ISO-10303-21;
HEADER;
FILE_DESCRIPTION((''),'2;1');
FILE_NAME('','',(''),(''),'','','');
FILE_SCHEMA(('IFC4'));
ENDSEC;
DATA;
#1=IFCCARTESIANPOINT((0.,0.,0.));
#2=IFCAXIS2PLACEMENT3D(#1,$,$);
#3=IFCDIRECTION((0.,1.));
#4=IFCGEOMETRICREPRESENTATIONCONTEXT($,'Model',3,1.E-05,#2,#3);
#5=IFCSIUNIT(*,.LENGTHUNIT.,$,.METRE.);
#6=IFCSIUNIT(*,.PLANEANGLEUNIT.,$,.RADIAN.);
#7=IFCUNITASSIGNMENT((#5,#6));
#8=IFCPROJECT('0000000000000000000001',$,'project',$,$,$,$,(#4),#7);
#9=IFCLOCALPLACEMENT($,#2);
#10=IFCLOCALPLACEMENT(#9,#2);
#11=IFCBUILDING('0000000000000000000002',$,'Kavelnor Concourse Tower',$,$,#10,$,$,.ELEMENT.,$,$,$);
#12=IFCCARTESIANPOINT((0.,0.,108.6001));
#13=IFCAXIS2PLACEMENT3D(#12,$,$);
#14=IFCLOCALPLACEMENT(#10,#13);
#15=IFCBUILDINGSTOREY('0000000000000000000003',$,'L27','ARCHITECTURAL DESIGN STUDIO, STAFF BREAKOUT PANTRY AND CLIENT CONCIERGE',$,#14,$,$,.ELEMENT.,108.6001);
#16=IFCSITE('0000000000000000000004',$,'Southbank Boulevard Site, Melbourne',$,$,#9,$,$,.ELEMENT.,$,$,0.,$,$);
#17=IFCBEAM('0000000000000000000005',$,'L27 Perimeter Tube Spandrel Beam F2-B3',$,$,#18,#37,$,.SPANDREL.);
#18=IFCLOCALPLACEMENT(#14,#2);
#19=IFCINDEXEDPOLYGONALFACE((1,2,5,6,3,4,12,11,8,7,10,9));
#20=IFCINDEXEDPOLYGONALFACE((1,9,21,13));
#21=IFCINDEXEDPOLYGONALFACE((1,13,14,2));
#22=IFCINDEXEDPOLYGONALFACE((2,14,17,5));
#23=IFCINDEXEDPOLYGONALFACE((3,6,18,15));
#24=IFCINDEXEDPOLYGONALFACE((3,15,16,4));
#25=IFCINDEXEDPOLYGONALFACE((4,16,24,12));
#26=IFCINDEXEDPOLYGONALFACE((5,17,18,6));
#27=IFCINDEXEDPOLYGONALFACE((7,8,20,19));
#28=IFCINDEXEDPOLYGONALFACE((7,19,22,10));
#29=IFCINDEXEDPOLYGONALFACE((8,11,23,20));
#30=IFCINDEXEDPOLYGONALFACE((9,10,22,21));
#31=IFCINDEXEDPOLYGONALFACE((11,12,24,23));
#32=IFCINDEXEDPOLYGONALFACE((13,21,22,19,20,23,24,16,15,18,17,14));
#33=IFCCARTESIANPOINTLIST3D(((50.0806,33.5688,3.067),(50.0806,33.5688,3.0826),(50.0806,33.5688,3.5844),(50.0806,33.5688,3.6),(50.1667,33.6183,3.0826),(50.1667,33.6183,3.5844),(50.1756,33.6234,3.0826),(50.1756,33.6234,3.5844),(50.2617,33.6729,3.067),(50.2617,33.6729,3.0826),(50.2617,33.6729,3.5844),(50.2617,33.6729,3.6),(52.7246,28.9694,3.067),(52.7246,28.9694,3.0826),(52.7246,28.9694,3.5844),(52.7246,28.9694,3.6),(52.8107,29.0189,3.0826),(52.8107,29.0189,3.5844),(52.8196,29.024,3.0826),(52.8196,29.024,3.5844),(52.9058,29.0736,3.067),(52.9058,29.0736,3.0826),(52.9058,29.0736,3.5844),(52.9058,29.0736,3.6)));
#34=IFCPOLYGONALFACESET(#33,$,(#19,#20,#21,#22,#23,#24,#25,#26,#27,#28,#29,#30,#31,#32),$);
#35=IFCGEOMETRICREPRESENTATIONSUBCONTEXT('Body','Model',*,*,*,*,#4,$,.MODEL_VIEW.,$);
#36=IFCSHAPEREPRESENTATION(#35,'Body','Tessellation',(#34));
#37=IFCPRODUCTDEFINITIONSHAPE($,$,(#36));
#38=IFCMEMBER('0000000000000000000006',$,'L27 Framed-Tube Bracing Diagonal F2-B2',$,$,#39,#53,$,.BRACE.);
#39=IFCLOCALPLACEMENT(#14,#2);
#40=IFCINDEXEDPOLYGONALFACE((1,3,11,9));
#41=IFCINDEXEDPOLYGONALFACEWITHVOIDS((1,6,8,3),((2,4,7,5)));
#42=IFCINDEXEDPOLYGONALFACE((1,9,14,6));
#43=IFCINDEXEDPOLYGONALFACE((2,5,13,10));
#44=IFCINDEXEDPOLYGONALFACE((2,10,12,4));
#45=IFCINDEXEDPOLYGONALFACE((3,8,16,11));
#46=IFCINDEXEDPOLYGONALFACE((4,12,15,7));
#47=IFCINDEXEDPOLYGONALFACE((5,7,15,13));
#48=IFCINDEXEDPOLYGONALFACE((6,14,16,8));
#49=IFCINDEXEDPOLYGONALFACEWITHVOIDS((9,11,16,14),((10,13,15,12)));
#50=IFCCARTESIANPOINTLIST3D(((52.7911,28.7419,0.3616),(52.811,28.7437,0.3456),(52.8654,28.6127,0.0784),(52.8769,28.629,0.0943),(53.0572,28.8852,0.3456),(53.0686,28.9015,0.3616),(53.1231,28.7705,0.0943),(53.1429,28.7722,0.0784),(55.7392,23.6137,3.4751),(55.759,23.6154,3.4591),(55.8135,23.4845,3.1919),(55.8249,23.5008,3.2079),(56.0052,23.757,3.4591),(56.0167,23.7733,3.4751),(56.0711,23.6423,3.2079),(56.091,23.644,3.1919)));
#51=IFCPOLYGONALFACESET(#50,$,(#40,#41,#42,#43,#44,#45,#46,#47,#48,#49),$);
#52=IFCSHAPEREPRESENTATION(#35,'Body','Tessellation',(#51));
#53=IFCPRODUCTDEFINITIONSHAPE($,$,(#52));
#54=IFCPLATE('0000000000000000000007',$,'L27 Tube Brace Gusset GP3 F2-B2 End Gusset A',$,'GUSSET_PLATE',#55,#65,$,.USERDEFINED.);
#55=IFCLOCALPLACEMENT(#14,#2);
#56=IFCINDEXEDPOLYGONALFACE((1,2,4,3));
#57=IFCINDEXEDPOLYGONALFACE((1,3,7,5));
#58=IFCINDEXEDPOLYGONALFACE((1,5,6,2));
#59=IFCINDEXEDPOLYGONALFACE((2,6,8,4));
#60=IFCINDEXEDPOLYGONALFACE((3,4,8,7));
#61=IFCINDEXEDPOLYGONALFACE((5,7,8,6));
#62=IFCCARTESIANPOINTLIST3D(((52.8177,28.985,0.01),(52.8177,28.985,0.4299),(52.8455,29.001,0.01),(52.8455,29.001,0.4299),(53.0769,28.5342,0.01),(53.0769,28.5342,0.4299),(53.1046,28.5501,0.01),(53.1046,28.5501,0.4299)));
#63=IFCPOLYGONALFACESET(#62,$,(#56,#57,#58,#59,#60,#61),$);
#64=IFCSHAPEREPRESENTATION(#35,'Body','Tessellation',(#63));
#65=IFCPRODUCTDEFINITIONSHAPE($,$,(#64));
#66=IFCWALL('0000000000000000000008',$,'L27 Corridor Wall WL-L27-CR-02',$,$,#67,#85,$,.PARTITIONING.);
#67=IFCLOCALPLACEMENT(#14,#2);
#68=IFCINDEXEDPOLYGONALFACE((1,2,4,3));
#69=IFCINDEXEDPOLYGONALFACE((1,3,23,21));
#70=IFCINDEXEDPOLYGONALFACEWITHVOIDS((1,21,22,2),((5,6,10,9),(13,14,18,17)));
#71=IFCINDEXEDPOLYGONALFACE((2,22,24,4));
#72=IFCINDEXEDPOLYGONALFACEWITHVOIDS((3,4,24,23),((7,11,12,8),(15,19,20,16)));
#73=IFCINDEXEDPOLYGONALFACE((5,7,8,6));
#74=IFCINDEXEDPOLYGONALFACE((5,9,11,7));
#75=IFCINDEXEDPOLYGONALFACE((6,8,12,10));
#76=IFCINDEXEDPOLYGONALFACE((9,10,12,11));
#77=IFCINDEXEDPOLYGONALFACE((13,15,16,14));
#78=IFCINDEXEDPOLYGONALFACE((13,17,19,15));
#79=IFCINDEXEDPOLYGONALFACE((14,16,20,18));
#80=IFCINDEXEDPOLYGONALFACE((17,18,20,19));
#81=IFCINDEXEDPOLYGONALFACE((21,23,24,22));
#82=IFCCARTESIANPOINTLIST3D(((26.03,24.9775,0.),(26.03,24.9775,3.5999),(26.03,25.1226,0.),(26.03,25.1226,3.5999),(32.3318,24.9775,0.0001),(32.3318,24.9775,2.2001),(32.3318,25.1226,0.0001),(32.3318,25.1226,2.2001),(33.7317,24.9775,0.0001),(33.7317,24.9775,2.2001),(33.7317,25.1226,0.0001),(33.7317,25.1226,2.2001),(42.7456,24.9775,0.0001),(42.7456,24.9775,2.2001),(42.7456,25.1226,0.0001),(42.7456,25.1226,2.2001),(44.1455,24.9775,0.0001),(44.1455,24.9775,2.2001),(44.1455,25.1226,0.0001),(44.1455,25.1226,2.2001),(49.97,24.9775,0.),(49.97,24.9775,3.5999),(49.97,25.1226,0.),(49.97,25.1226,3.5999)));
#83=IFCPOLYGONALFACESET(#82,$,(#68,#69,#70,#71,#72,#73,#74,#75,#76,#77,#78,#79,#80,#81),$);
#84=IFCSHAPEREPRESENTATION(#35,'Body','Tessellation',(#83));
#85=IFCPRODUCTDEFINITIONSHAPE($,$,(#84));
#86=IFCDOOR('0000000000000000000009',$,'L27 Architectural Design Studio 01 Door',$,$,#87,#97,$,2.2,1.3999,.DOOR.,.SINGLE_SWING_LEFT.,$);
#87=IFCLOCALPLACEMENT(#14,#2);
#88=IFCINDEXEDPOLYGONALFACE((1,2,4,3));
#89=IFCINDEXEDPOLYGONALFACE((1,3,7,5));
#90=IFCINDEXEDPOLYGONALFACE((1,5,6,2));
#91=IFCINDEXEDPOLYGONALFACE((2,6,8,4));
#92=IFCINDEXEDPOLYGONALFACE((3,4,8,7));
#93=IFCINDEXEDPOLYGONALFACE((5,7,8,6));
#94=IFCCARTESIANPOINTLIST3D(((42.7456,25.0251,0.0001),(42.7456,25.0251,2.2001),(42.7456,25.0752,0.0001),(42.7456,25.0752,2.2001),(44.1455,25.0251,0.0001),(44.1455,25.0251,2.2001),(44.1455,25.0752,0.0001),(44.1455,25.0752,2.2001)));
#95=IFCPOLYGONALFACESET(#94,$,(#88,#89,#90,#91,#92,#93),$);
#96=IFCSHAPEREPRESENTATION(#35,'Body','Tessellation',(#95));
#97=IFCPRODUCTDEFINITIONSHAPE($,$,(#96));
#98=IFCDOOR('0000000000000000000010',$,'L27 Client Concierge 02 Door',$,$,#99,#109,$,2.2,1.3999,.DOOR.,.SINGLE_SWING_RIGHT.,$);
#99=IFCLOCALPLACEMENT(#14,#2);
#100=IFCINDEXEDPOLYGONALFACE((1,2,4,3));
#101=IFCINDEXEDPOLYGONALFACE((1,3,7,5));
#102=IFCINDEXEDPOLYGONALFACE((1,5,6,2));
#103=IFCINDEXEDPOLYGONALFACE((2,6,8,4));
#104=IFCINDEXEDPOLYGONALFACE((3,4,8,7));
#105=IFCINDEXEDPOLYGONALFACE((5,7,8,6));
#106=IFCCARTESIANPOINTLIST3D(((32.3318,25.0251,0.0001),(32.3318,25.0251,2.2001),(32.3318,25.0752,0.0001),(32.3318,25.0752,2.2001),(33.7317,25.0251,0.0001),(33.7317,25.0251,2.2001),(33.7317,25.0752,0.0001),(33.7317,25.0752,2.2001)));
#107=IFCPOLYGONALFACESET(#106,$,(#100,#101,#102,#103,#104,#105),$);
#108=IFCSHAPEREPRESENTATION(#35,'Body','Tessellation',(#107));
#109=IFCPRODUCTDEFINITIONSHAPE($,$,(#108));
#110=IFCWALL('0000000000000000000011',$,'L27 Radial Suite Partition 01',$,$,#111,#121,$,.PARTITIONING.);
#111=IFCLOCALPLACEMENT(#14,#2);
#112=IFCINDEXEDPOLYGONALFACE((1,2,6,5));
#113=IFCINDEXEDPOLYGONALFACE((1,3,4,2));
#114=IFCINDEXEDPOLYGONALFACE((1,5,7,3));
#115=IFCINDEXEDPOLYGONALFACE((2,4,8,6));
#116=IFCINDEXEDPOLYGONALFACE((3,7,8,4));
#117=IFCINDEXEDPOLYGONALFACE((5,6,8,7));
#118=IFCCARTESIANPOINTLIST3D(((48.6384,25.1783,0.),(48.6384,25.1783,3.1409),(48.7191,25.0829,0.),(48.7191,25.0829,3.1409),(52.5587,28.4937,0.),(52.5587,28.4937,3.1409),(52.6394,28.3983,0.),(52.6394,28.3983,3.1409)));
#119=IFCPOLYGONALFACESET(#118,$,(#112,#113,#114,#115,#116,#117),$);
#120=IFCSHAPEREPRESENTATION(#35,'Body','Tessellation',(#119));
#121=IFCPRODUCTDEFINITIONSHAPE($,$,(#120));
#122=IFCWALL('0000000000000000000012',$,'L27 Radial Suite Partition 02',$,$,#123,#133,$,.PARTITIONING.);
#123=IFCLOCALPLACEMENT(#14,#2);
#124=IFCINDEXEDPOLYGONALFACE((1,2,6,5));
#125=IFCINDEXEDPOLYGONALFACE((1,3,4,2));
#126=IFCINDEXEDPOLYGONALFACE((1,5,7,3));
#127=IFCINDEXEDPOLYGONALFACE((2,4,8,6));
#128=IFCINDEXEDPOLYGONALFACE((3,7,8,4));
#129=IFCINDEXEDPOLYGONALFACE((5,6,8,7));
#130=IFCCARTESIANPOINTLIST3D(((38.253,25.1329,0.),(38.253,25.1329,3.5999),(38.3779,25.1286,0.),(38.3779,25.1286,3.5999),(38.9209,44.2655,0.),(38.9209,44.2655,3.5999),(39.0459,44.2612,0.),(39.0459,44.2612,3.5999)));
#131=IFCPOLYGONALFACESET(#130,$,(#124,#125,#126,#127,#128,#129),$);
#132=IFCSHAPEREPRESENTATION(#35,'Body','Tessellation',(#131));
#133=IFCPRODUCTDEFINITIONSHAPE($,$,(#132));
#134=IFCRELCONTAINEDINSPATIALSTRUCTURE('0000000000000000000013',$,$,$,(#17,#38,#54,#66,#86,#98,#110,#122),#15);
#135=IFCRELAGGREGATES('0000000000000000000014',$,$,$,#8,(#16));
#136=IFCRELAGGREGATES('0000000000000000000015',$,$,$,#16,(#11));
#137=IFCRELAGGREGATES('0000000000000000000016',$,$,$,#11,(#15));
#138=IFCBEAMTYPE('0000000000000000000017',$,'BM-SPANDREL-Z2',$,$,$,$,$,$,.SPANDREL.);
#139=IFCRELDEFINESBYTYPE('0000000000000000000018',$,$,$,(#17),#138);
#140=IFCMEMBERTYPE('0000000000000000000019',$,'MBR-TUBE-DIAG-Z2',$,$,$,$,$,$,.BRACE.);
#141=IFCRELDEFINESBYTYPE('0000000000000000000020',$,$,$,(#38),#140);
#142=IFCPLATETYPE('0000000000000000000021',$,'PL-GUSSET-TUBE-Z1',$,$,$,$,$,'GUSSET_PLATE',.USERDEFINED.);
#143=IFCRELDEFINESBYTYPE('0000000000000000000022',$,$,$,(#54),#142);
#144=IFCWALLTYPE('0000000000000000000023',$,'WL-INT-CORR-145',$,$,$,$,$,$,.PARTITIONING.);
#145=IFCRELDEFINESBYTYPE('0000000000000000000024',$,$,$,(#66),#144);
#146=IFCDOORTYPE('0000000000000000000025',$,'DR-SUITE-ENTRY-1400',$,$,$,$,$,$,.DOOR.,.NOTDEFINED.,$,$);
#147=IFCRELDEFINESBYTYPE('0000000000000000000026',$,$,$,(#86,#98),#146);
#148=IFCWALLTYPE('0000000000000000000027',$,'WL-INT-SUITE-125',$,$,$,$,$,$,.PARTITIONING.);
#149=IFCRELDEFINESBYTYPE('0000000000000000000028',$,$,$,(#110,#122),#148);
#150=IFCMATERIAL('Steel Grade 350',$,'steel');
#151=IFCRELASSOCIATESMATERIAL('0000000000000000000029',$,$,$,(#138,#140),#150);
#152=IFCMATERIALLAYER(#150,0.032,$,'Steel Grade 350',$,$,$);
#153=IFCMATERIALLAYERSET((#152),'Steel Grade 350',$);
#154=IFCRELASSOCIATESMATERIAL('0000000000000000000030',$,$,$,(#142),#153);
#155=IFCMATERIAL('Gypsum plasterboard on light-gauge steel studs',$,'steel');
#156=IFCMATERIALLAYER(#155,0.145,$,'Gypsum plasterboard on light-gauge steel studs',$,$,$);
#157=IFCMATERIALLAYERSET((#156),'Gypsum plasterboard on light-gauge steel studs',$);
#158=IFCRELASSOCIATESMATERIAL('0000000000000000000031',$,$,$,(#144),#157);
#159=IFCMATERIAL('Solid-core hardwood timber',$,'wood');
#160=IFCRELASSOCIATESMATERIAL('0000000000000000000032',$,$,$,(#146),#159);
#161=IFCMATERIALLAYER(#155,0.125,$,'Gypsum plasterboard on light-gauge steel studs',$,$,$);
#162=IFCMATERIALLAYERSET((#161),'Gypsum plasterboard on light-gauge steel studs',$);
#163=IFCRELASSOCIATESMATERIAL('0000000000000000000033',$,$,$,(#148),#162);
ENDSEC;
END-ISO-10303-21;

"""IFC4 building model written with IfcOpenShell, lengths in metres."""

from ifc_helpers import new_model, si_unit, direction, frame, frame_2d, origin, origin_2d, place, context, subcontext, project, spatial, rectangle, hollow_rectangle, i_section, extrude, material, layer, layer_set, material_profile, profile_set, type_object, element, fill, save


model = new_model("IFC4")

# Units and contexts
model_context = context("Model", 3, precision=1e-05, world=origin(), true_north=direction((0.0, 1.0)))
body_context = subcontext(model_context, "Body", "Model", "MODEL_VIEW")
ifc_project = project(units=[si_unit("LENGTHUNIT", "METRE"), si_unit("PLANEANGLEUNIT", "RADIAN")], contexts=[model_context])

# Site, building, storey
site_placement = place(None, origin())
site = spatial("IfcSite", under=ifc_project, at=site_placement, Name="Southbank Boulevard Site, Melbourne", CompositionType="ELEMENT", RefElevation=0.0)
building_placement = place(site_placement, origin())
building = spatial("IfcBuilding", under=site, at=building_placement, Name="Kavelnor Concourse Tower", CompositionType="ELEMENT")
storey_placement = place(building_placement, frame((0.0, 0.0, 108.6001)))
storey = spatial("IfcBuildingStorey", under=building, at=storey_placement, Name="L27", Description="ARCHITECTURAL DESIGN STUDIO, STAFF BREAKOUT PANTRY AND CLIENT CONCIERGE", CompositionType="ELEMENT", Elevation=108.6001)

# Shared definitions
ifc_material_1 = material(Name="Steel Grade 350", Category="steel")

# Beam
ifc_material_profile_1 = material_profile(ifc_material_1, i_section(OverallWidth=0.209, OverallDepth=0.533, WebThickness=0.0103, FlangeThickness=0.0156, at=origin_2d()), Name="530UB92")
ifc_profile_set_1 = profile_set([ifc_material_profile_1], Name="Steel Grade 350")
beam_type_1 = type_object("IfcBeamType", Name="BM-SPANDREL-Z2", PredefinedType="SPANDREL", material=ifc_profile_set_1)
beam_1_placement = place(storey_placement, frame((52.8152, 29.0215, 3.3335), z_axis=(-0.498387, 0.866955, 0.0), x_axis=(-0.866955, -0.498387, 0.0)))
element("IfcBeam", 1, at=beam_1_placement, inside=storey, type_object=beam_type_1, Name="L27 Perimeter Tube Spandrel Beam F2-B3", PredefinedType="SPANDREL", context=body_context, shape_type="SweptSolid", body=[
    extrude(i_section(OverallWidth=0.209, OverallDepth=0.533, WebThickness=0.0103, FlangeThickness=0.0156, at=origin_2d()), origin(), (0.0, 0.0, 1.0), 5.3052),
])

# Member
ifc_material_profile_2 = material_profile(ifc_material_1, hollow_rectangle(XDim=0.3201, YDim=0.3201, WallThickness=0.0181, at=origin_2d()), Name="SHS 320x320x18")
ifc_profile_set_2 = profile_set([ifc_material_profile_2], Name="Steel Grade 350")
member_type = type_object("IfcMemberType", Name="MBR-TUBE-DIAG-Z2", PredefinedType="BRACE", material=ifc_profile_set_2)
member_placement = place(storey_placement, frame((52.967, 28.7571, 0.22), z_axis=(0.441018, -0.767171, 0.465781), x_axis=(0.866958, 0.498382, 0.0)))
element("IfcMember", 2, at=member_placement, inside=storey, type_object=member_type, Name="L27 Framed-Tube Bracing Diagonal F2-B2", PredefinedType="BRACE", context=body_context, shape_type="SweptSolid", body=[
    extrude(hollow_rectangle(XDim=0.3201, YDim=0.3201, WallThickness=0.0181, at=origin_2d()), origin(), (0.0, 0.0, 1.0), 6.6846),
])

# Plate
ifc_layer_1 = layer(ifc_material_1, 0.032, Name="Steel Grade 350")
ifc_layer_set_1 = layer_set([ifc_layer_1], Name="Steel Grade 350")
plate_type = type_object("IfcPlateType", Name="PL-GUSSET-TUBE-Z1", ElementType="GUSSET_PLATE", PredefinedType="USERDEFINED", material=ifc_layer_set_1)
plate_placement = place(storey_placement, frame((52.9612, 28.7676, 0.01), z_axis=(0.0, 0.0, 1.0), x_axis=(0.498336, -0.866984, 0.0)))
element("IfcPlate", 3, at=plate_placement, inside=storey, type_object=plate_type, Name="L27 Tube Brace Gusset GP3 F2-B2 End Gusset A", ObjectType="GUSSET_PLATE", PredefinedType="USERDEFINED", context=body_context, shape_type="SweptSolid", body=[
    extrude(rectangle(XDim=0.52, YDim=0.032, at=origin_2d()), origin(), (0.0, 0.0, 1.0), 0.4199),
])

# Wall, openings, doors
ifc_material_2 = material(Name="Gypsum plasterboard on light-gauge steel studs", Category="steel")
ifc_layer_2 = layer(ifc_material_2, 0.145, Name="Gypsum plasterboard on light-gauge steel studs")
ifc_layer_set_2 = layer_set([ifc_layer_2], Name="Gypsum plasterboard on light-gauge steel studs")
wall_type_1 = type_object("IfcWallType", Name="WL-INT-CORR-145", PredefinedType="PARTITIONING", material=ifc_layer_set_2)
wall_1_placement = place(storey_placement, frame((49.97, 25.05, 0.0), z_axis=(0.0, 0.0, 1.0), x_axis=(-1.0, 0.0, 0.0)))
wall_1 = element("IfcWall", 4, at=wall_1_placement, inside=storey, type_object=wall_type_1, Name="L27 Corridor Wall WL-L27-CR-02", PredefinedType="PARTITIONING", context=body_context, shape_type="SweptSolid", body=[
    extrude(rectangle(XDim=23.9399, YDim=0.145, at=frame_2d((11.97, 0.0))), origin(), (0.0, 0.0, 1.0), 3.5999),
])
opening_1_placement = place(wall_1_placement, frame((5.8245, 0.0, 0.0)))
opening_1 = element("IfcOpeningElement", 5, at=opening_1_placement, cuts=wall_1, PredefinedType="OPENING", context=body_context, shape_type="SweptSolid", body=[
    extrude(rectangle(XDim=1.3999, YDim=2.2, at=frame_2d((0.7, 1.1001))), frame((0.0, 0.0825, 0.0), z_axis=(0.0, -1.0, 0.0), x_axis=(1.0, 0.0, 0.0)), (0.0, 0.0, 1.0), 0.165),
])
opening_2_placement = place(wall_1_placement, frame((16.2383, 0.0, 0.0)))
opening_2 = element("IfcOpeningElement", 6, at=opening_2_placement, cuts=wall_1, PredefinedType="OPENING", context=body_context, shape_type="SweptSolid", body=[
    extrude(rectangle(XDim=1.3999, YDim=2.2, at=frame_2d((0.7, 1.1001))), frame((0.0, 0.0825, 0.0), z_axis=(0.0, -1.0, 0.0), x_axis=(1.0, 0.0, 0.0)), (0.0, 0.0, 1.0), 0.165),
])
ifc_material_3 = material(Name="Solid-core hardwood timber", Category="wood")
door_type = type_object("IfcDoorType", Name="DR-SUITE-ENTRY-1400", OperationType="NOTDEFINED", PredefinedType="DOOR", material=ifc_material_3)
door_1_placement = place(opening_1_placement, origin())
door_1 = element("IfcDoor", 7, at=door_1_placement, inside=storey, type_object=door_type, Name="L27 Architectural Design Studio 01 Door", OperationType="SINGLE_SWING_LEFT", OverallHeight=2.2, OverallWidth=1.3999, PredefinedType="DOOR", context=body_context, shape_type="SweptSolid", body=[
    extrude(rectangle(XDim=1.3999, YDim=2.2, at=frame_2d((0.7, 1.1001))), frame((0.0, 0.0249, 0.0), z_axis=(0.0, -1.0, 0.0), x_axis=(1.0, 0.0, 0.0)), (0.0, 0.0, 1.0), 0.05),
])
fill(opening_1, door_1)
door_2_placement = place(opening_2_placement, origin())
door_2 = element("IfcDoor", 8, at=door_2_placement, inside=storey, type_object=door_type, Name="L27 Client Concierge 02 Door", OperationType="SINGLE_SWING_RIGHT", OverallHeight=2.2, OverallWidth=1.3999, PredefinedType="DOOR", context=body_context, shape_type="SweptSolid", body=[
    extrude(rectangle(XDim=1.3999, YDim=2.2, at=frame_2d((0.7, 1.1001))), frame((0.0, 0.0249, 0.0), z_axis=(0.0, -1.0, 0.0), x_axis=(1.0, 0.0, 0.0)), (0.0, 0.0, 1.0), 0.05),
])
fill(opening_2, door_2)

# Walls
ifc_layer_3 = layer(ifc_material_2, 0.125, Name="Gypsum plasterboard on light-gauge steel studs")
ifc_layer_set_3 = layer_set([ifc_layer_3], Name="Gypsum plasterboard on light-gauge steel studs")
wall_type_2 = type_object("IfcWallType", Name="WL-INT-SUITE-125", PredefinedType="PARTITIONING", material=ifc_layer_set_3)
wall_2_placement = place(storey_placement, frame((48.6787, 25.1306, 0.0), z_axis=(0.0, 0.0, 1.0), x_axis=(0.763563, 0.645733, 0.0)))
element("IfcWall", 9, at=wall_2_placement, inside=storey, type_object=wall_type_2, Name="L27 Radial Suite Partition 01", PredefinedType="PARTITIONING", context=body_context, shape_type="SweptSolid", body=[
    extrude(rectangle(XDim=5.1343, YDim=0.125, at=frame_2d((2.5671, 0.0))), origin(), (0.0, 0.0, 1.0), 3.1409),
])
wall_3_placement = place(storey_placement, frame((38.3154, 25.1306, 0.0), z_axis=(0.0, 0.0, 1.0), x_axis=(0.034891, 0.999391, 0.0)))
element("IfcWall", 10, at=wall_3_placement, inside=storey, type_object=wall_type_2, Name="L27 Radial Suite Partition 02", PredefinedType="PARTITIONING", context=body_context, shape_type="SweptSolid", body=[
    extrude(rectangle(XDim=19.1443, YDim=0.125, at=frame_2d((9.5723, 0.0))), origin(), (0.0, 0.0, 1.0), 3.5999),
])

save(model, "model.ifc")
